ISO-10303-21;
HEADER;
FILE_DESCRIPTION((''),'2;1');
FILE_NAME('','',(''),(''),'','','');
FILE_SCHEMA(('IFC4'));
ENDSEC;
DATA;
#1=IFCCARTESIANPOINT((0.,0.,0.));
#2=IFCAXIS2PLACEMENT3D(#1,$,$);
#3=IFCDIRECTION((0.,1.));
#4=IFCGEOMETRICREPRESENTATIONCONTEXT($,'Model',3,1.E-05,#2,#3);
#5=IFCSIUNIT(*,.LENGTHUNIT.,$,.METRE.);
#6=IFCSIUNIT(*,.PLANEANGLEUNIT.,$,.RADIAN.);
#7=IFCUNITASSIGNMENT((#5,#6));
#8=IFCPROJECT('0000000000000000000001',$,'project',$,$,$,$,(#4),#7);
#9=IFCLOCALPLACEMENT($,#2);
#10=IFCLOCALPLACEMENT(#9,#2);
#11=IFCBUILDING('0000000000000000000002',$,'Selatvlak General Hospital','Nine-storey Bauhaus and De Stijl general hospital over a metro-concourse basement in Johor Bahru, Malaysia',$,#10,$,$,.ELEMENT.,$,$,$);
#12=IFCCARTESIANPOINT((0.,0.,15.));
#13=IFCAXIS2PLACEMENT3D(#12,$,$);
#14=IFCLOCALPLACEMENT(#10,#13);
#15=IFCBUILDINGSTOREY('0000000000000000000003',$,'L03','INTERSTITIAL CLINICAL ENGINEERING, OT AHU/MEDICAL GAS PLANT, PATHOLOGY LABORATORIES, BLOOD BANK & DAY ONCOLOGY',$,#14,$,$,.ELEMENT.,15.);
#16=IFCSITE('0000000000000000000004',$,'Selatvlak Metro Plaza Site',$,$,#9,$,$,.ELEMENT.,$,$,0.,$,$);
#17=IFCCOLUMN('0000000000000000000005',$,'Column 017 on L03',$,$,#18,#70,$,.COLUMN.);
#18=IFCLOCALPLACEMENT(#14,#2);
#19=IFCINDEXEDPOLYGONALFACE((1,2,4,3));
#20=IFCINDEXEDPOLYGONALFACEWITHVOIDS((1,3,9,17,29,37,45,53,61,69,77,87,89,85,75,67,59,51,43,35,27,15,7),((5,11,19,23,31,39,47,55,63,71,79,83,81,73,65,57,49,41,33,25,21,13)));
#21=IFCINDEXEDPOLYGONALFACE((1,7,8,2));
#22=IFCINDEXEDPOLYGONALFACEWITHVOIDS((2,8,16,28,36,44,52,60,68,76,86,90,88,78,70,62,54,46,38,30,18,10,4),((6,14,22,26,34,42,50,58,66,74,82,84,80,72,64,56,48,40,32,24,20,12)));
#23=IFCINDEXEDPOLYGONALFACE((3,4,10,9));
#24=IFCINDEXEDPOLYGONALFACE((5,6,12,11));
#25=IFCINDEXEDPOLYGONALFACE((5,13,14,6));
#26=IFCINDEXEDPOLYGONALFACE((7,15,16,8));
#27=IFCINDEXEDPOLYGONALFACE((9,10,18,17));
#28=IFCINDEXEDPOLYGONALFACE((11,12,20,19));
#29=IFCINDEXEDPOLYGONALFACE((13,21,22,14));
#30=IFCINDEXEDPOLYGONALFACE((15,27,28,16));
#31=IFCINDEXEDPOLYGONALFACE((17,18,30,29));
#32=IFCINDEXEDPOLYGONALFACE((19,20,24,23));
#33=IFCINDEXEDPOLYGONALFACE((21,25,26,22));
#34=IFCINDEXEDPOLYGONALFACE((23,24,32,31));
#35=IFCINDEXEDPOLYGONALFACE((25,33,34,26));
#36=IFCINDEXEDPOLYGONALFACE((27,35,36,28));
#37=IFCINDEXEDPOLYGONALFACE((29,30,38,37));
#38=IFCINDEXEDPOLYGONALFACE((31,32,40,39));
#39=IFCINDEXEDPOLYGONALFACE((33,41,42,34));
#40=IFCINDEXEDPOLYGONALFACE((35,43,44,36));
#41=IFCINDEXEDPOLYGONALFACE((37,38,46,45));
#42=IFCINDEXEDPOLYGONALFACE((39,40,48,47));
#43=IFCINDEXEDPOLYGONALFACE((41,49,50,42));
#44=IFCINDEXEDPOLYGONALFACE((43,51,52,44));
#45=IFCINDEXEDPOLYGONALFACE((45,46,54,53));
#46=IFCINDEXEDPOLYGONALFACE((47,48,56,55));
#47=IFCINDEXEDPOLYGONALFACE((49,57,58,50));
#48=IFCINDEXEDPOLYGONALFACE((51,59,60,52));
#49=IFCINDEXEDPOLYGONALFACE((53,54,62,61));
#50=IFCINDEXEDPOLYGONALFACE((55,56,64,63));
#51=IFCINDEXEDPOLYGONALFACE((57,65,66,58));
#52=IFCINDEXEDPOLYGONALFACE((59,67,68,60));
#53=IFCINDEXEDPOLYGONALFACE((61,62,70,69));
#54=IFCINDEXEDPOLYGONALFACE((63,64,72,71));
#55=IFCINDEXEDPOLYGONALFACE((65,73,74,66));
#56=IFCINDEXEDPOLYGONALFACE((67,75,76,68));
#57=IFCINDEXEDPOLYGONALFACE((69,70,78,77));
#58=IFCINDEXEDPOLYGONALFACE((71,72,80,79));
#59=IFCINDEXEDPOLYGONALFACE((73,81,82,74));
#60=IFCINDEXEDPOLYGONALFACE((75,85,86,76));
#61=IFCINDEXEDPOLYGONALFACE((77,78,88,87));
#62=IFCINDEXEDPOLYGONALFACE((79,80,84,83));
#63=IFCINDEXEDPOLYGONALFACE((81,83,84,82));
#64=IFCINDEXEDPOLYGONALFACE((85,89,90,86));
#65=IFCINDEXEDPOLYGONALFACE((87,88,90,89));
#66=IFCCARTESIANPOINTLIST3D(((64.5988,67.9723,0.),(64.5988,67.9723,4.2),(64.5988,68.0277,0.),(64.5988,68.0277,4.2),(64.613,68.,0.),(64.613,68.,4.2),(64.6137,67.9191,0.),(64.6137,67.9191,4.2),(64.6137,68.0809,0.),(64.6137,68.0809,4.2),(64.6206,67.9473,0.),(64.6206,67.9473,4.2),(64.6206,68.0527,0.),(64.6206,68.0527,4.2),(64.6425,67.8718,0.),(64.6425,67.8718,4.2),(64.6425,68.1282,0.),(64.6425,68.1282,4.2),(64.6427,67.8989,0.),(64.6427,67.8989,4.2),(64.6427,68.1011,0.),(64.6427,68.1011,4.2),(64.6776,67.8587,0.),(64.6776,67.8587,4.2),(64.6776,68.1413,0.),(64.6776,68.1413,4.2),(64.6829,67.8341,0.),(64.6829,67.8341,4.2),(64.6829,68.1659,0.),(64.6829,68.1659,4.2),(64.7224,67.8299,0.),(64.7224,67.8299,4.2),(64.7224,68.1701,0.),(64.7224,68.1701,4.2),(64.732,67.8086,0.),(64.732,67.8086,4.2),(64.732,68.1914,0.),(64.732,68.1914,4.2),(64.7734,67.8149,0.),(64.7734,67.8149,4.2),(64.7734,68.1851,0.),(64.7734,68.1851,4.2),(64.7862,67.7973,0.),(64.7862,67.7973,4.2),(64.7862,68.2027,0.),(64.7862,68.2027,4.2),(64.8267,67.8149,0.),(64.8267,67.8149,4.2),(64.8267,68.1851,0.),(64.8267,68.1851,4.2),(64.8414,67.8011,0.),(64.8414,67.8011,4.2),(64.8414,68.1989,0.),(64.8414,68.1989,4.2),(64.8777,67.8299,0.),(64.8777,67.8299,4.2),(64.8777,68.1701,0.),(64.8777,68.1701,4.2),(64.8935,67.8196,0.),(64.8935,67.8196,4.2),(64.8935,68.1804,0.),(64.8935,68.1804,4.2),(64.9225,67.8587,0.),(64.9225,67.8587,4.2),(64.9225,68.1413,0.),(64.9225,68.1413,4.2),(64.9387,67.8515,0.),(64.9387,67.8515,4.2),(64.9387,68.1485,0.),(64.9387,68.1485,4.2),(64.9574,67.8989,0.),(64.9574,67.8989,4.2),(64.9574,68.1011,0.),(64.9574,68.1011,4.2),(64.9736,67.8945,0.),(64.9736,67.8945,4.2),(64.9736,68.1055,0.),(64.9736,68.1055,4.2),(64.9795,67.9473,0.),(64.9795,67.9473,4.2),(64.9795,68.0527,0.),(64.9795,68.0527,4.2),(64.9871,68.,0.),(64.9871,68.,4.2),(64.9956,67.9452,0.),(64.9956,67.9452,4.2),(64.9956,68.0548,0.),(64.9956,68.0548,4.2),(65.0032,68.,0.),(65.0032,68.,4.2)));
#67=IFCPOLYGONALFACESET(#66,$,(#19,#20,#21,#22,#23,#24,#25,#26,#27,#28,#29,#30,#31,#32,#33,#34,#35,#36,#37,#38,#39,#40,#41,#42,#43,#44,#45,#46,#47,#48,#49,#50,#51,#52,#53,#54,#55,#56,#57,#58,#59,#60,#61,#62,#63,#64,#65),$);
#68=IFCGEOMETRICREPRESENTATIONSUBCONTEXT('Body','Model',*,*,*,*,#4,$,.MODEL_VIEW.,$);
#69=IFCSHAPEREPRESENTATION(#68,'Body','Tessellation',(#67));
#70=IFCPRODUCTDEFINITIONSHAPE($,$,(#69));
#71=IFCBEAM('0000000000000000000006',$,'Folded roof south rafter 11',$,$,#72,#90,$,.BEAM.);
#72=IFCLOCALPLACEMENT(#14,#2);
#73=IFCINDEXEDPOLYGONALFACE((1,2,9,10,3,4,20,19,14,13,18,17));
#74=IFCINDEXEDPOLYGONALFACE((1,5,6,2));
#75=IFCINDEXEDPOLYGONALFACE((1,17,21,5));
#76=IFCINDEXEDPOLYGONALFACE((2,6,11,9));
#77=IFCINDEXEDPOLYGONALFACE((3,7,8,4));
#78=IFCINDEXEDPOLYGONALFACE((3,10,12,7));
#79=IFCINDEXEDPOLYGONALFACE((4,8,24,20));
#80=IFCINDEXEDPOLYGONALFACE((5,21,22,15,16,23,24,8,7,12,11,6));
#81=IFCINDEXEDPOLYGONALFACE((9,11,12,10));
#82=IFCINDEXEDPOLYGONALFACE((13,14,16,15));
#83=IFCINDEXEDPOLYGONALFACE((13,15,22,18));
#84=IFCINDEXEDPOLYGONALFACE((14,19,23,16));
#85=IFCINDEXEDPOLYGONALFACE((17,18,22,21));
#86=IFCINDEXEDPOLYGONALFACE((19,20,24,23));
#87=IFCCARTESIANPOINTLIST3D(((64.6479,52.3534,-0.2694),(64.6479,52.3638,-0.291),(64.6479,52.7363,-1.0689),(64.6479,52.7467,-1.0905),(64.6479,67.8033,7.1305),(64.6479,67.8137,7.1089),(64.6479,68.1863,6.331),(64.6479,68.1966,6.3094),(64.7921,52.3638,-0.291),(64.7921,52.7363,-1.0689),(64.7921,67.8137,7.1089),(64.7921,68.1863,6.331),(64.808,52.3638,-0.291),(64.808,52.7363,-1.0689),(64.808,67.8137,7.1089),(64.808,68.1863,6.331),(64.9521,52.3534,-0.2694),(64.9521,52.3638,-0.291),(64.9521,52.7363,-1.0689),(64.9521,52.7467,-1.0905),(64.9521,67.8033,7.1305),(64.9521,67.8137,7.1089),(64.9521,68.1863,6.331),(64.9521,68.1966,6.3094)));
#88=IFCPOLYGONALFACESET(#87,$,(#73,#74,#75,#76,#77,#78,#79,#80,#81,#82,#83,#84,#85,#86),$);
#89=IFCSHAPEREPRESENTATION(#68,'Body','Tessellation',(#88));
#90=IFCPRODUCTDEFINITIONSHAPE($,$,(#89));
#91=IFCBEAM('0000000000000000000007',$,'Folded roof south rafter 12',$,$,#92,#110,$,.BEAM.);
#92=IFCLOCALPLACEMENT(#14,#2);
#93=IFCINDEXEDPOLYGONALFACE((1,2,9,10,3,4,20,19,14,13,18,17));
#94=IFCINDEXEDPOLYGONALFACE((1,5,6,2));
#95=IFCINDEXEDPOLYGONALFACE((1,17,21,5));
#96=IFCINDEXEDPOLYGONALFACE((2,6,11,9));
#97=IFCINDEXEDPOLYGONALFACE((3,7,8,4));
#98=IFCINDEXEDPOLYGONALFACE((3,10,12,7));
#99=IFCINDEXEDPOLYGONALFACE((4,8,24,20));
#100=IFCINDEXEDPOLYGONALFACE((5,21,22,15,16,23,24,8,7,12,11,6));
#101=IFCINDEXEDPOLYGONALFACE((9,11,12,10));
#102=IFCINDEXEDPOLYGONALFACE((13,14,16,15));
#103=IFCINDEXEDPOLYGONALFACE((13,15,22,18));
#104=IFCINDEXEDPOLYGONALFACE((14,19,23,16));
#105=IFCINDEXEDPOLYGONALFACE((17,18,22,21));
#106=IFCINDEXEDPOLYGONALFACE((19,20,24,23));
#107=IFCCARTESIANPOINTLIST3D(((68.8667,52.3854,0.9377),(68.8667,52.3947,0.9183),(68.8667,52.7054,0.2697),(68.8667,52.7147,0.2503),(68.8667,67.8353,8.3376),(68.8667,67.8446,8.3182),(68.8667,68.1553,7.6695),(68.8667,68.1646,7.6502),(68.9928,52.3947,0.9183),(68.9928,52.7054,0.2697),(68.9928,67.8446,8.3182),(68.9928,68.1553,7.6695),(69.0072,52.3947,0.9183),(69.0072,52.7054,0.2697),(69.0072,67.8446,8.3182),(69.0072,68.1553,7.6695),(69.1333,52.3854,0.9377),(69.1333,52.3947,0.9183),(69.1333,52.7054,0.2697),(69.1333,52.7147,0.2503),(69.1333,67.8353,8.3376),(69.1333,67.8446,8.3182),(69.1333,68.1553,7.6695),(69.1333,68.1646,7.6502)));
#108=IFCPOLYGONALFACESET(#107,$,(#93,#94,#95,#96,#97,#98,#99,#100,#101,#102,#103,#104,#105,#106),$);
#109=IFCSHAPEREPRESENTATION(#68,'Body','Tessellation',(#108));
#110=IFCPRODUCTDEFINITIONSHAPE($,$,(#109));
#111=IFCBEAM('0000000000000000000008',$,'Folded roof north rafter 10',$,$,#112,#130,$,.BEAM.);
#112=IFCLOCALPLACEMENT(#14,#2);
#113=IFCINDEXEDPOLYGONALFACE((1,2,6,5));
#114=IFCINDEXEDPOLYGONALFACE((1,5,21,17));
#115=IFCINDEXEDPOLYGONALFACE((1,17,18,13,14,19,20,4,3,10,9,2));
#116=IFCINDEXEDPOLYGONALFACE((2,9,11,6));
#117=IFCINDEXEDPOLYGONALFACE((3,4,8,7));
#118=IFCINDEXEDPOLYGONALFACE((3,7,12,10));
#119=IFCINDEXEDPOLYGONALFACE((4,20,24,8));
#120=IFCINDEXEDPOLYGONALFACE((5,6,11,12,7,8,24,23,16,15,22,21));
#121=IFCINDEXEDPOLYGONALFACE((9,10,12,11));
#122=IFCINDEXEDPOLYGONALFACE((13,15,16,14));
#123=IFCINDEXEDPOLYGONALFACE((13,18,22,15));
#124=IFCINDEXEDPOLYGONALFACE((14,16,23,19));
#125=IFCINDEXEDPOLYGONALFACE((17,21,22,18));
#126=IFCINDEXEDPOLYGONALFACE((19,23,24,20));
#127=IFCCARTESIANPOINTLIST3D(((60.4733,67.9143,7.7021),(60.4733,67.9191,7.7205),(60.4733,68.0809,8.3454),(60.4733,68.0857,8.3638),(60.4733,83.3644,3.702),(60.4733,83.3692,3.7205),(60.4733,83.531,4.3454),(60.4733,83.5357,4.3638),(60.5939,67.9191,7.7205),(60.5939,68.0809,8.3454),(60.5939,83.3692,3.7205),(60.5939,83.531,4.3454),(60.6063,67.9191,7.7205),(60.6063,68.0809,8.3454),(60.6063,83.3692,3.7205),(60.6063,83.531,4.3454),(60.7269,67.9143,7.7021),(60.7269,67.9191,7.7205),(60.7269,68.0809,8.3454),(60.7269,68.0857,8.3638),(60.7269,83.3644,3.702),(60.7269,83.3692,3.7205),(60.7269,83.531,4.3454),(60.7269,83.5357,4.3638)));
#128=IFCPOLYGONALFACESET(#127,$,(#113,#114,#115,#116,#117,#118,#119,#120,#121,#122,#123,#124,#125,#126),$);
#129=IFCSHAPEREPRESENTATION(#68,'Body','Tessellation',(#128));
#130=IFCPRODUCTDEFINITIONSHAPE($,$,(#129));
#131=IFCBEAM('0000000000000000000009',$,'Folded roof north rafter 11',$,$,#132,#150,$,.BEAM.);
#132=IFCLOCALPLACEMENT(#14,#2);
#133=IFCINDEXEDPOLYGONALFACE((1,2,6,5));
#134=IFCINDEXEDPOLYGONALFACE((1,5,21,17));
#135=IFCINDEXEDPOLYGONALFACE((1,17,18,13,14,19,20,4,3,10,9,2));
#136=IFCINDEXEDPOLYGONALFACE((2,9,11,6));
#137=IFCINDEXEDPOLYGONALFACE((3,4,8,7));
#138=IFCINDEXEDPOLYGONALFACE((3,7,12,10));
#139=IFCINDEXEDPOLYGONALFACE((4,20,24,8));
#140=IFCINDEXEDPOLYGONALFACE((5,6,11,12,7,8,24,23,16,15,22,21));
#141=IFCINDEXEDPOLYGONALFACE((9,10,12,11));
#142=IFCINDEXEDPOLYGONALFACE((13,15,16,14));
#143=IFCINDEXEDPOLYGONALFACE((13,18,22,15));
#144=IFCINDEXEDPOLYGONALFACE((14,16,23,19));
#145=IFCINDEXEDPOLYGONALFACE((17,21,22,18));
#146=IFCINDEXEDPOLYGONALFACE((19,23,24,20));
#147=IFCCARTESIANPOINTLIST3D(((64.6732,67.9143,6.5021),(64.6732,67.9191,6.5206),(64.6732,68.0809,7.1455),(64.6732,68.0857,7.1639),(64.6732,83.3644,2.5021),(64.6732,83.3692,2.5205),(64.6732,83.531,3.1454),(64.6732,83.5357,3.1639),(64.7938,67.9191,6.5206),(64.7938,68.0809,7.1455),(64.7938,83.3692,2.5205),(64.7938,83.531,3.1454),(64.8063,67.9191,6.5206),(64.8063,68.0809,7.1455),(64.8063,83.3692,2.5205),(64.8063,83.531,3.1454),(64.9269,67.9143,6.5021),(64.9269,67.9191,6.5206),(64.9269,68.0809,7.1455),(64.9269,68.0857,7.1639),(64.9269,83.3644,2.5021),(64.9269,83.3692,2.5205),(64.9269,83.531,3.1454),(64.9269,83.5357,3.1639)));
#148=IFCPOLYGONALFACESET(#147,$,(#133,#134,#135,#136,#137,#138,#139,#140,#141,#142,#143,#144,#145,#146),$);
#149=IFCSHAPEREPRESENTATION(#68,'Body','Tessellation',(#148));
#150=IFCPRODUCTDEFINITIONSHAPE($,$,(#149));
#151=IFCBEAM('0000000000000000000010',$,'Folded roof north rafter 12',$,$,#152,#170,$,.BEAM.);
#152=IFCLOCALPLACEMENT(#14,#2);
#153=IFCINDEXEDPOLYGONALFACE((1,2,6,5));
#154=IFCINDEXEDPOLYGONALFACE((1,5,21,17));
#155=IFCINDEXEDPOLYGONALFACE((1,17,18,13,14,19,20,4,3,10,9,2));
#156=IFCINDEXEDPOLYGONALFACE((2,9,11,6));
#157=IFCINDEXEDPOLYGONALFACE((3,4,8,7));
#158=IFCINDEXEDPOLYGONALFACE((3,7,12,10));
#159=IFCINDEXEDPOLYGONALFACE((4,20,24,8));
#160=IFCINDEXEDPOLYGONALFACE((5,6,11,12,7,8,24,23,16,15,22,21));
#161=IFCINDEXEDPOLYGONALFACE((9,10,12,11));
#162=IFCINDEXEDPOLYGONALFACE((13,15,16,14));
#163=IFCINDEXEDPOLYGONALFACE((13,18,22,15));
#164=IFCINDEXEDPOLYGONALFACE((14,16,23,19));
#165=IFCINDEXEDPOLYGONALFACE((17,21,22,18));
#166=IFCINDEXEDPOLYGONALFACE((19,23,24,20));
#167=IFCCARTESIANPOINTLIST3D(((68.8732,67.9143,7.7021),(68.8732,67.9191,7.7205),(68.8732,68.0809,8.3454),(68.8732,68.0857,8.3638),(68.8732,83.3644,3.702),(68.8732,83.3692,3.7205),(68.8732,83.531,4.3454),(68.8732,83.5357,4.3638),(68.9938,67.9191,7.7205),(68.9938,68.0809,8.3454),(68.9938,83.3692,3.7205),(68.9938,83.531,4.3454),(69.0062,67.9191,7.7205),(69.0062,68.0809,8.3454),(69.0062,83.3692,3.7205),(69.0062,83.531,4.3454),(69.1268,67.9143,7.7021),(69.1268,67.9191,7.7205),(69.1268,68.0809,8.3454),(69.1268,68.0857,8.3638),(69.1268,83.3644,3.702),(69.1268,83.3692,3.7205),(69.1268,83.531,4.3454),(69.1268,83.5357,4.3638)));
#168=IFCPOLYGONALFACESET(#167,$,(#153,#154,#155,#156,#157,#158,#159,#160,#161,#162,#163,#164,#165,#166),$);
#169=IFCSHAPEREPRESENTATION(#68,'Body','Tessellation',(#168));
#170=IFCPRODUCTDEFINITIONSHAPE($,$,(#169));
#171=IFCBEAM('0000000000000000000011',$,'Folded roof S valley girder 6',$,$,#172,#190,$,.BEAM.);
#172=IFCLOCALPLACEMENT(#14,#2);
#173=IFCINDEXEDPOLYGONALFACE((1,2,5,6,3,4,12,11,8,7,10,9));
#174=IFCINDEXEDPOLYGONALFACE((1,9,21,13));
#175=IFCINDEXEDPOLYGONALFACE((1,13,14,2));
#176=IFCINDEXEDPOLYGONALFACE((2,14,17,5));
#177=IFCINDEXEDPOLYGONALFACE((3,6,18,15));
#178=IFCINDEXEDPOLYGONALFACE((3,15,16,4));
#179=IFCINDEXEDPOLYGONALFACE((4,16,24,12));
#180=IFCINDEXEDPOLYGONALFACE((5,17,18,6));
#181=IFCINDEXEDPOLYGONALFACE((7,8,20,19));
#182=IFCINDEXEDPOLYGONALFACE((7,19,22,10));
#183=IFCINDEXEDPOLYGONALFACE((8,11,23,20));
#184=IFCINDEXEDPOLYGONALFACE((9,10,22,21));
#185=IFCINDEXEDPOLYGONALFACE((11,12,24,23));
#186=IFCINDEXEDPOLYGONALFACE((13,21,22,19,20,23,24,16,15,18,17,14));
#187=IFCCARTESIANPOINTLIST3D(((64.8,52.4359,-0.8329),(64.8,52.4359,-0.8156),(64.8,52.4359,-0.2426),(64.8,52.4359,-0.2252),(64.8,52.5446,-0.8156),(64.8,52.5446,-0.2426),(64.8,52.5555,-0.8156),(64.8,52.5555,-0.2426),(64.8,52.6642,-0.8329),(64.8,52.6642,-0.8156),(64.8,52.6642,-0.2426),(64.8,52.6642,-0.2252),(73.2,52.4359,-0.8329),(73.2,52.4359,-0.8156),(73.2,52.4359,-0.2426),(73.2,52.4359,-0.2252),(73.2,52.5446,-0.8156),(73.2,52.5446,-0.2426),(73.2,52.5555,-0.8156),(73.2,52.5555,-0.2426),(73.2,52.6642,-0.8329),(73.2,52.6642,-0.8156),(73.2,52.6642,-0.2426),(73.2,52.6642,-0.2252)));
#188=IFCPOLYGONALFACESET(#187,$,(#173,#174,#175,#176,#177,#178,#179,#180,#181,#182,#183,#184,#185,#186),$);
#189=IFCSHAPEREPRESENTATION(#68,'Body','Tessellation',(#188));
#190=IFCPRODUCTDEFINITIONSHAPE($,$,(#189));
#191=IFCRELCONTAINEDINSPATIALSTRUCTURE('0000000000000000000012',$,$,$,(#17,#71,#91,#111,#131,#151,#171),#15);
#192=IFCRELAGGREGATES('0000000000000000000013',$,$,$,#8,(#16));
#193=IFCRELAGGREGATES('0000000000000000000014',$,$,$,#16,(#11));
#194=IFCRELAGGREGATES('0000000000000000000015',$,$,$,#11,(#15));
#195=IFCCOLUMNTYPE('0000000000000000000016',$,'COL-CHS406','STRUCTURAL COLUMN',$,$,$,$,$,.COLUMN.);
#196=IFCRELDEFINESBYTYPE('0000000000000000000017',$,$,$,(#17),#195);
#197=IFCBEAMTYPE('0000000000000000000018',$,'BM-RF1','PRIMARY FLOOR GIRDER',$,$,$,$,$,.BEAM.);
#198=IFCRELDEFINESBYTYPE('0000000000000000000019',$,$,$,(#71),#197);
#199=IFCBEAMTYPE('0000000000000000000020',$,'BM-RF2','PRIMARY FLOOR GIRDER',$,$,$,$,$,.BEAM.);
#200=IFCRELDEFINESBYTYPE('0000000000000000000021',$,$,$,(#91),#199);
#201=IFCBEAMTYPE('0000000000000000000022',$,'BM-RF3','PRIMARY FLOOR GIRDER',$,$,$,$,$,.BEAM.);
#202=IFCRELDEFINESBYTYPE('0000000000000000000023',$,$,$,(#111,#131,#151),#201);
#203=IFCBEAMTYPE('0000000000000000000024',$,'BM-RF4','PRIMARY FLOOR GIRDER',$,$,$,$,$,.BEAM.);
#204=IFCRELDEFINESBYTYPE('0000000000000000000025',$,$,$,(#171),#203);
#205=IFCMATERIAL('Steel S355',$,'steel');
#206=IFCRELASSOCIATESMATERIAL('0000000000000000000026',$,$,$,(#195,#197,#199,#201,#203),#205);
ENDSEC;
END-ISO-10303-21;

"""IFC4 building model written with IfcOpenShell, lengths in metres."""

from ifc_helpers import new_model, si_unit, direction, frame, origin, origin_2d, place, context, subcontext, project, spatial, hollow_circle, i_section, extrude, material, material_profile, profile_set, type_object, element, save


model = new_model("IFC4")

# Units and contexts
model_context = context("Model", 3, precision=1e-05, world=origin(), true_north=direction((0.0, 1.0)))
body_context = subcontext(model_context, "Body", "Model", "MODEL_VIEW")
ifc_project = project(units=[si_unit("LENGTHUNIT", "METRE"), si_unit("PLANEANGLEUNIT", "RADIAN")], contexts=[model_context])

# Site, building, storey
site_placement = place(None, origin())
site = spatial("IfcSite", under=ifc_project, at=site_placement, Name="Selatvlak Metro Plaza Site", CompositionType="ELEMENT", RefElevation=0.0)
building_placement = place(site_placement, origin())
building = spatial("IfcBuilding", under=site, at=building_placement, Name="Selatvlak General Hospital", Description="Nine-storey Bauhaus and De Stijl general hospital over a metro-concourse basement in Johor Bahru, Malaysia", CompositionType="ELEMENT")
storey_placement = place(building_placement, frame((0.0, 0.0, 15.0)))
storey = spatial("IfcBuildingStorey", under=building, at=storey_placement, Name="L03", Description="INTERSTITIAL CLINICAL ENGINEERING, OT AHU/MEDICAL GAS PLANT, PATHOLOGY LABORATORIES, BLOOD BANK & DAY ONCOLOGY", CompositionType="ELEMENT", Elevation=15.0)

# Column
ifc_material = material(Name="Steel S355", Category="steel")
ifc_material_profile_1 = material_profile(ifc_material, hollow_circle(Radius=0.2031, WallThickness=0.0161, at=origin_2d()), Name="CHS 406.4x16")
ifc_profile_set_1 = profile_set([ifc_material_profile_1], Name="Steel S355")
column_type = type_object("IfcColumnType", Name="COL-CHS406", Description="STRUCTURAL COLUMN", PredefinedType="COLUMN", material=ifc_profile_set_1)
column_placement = place(storey_placement, frame((64.8, 68.0, 0.0), z_axis=(0.0, 0.0, 1.0), x_axis=(1.0, 0.0, 0.0)))
element("IfcColumn", 1, at=column_placement, inside=storey, type_object=column_type, Name="Column 017 on L03", PredefinedType="COLUMN", context=body_context, shape_type="SweptSolid", body=[
    extrude(hollow_circle(Radius=0.2031, WallThickness=0.0161, at=origin_2d()), origin(), (0.0, 0.0, 1.0), 4.2),
])

# Beams
ifc_material_profile_2 = material_profile(ifc_material, i_section(OverallWidth=0.3042, OverallDepth=0.9104, WebThickness=0.0159, FlangeThickness=0.0239, at=origin_2d()), Name="UB 914x305x224")
ifc_profile_set_2 = profile_set([ifc_material_profile_2], Name="Steel S355")
beam_type_1 = type_object("IfcBeamType", Name="BM-RF1", Description="PRIMARY FLOOR GIRDER", PredefinedType="BEAM", material=ifc_profile_set_2)
beam_1_placement = place(storey_placement, frame((64.8, 52.55, -0.6799), z_axis=(0.0, 0.901889, 0.431968), x_axis=(-1.0, 0.0, 0.0)))
element("IfcBeam", 2, at=beam_1_placement, inside=storey, type_object=beam_type_1, Name="Folded roof south rafter 11", PredefinedType="BEAM", context=body_context, shape_type="SweptSolid", body=[
    extrude(i_section(OverallWidth=0.3042, OverallDepth=0.9104, WebThickness=0.0159, FlangeThickness=0.0239, at=origin_2d()), origin(), (0.0, 0.0, 1.0), 17.1306),
])
ifc_material_profile_3 = material_profile(ifc_material, i_section(OverallWidth=0.2666, OverallDepth=0.7622, WebThickness=0.0144, FlangeThickness=0.0215, at=origin_2d()), Name="UB 762x267x173")
ifc_profile_set_3 = profile_set([ifc_material_profile_3], Name="Steel S355")
beam_type_2 = type_object("IfcBeamType", Name="BM-RF2", Description="PRIMARY FLOOR GIRDER", PredefinedType="BEAM", material=ifc_profile_set_3)
beam_2_placement = place(storey_placement, frame((69.0, 52.55, 0.594), z_axis=(0.0, 0.901889, 0.431968), x_axis=(-1.0, 0.0, 0.0)))
element("IfcBeam", 3, at=beam_2_placement, inside=storey, type_object=beam_type_2, Name="Folded roof south rafter 12", PredefinedType="BEAM", context=body_context, shape_type="SweptSolid", body=[
    extrude(i_section(OverallWidth=0.2666, OverallDepth=0.7622, WebThickness=0.0144, FlangeThickness=0.0215, at=origin_2d()), origin(), (0.0, 0.0, 1.0), 17.1306),
])
ifc_material_profile_4 = material_profile(ifc_material, i_section(OverallWidth=0.2537, OverallDepth=0.6836, WebThickness=0.0125, FlangeThickness=0.019, at=origin_2d()), Name="UB 686x254x140")
ifc_profile_set_4 = profile_set([ifc_material_profile_4], Name="Steel S355")
beam_type_3 = type_object("IfcBeamType", Name="BM-RF3", Description="PRIMARY FLOOR GIRDER", PredefinedType="BEAM", material=ifc_profile_set_4)
for number, where, z_axis, x_axis, name in (
    (4, (60.6001, 68.0, 8.033), (0.0, 0.968081, -0.250637), (-1.0, 0.0, 0.0), "Folded roof north rafter 10"),
    (5, (64.8, 68.0, 6.833), (0.0, 0.968081, -0.250637), (-1.0, 0.0, 0.0), "Folded roof north rafter 11"),
    (6, (69.0, 68.0, 8.033), (0.0, 0.968081, -0.250637), (-1.0, 0.0, 0.0), "Folded roof north rafter 12"),
):
    element("IfcBeam", number, at=place(storey_placement, frame(where, z_axis=z_axis, x_axis=x_axis)), inside=storey, type_object=beam_type_3, Name=name, PredefinedType="BEAM", context=body_context, shape_type="SweptSolid", body=[
        extrude(i_section(OverallWidth=0.2537, OverallDepth=0.6836, WebThickness=0.0125, FlangeThickness=0.019, at=origin_2d()), origin(), (0.0, 0.0, 1.0), 15.9595),
    ])
ifc_material_profile_5 = material_profile(ifc_material, i_section(OverallWidth=0.2283, OverallDepth=0.6077, WebThickness=0.011, FlangeThickness=0.0173, at=origin_2d()), Name="UB 610x229x113")
ifc_profile_set_5 = profile_set([ifc_material_profile_5], Name="Steel S355")
beam_type_4 = type_object("IfcBeamType", Name="BM-RF4", Description="PRIMARY FLOOR GIRDER", PredefinedType="BEAM", material=ifc_profile_set_5)
for number, where, z_axis, x_axis, name in (
    (7, (64.8, 52.55, -0.5291), (1.0, 0.0, 0.0), (0.0, 1.0, 0.0), "Folded roof S valley girder 6"),
):
    element("IfcBeam", number, at=place(storey_placement, frame(where, z_axis=z_axis, x_axis=x_axis)), inside=storey, type_object=beam_type_4, Name=name, PredefinedType="BEAM", context=body_context, shape_type="SweptSolid", body=[
        extrude(i_section(OverallWidth=0.2283, OverallDepth=0.6077, WebThickness=0.011, FlangeThickness=0.0173, at=origin_2d()), origin(), (0.0, 0.0, 1.0), 8.3999),
    ])

save(model, "model.ifc")
